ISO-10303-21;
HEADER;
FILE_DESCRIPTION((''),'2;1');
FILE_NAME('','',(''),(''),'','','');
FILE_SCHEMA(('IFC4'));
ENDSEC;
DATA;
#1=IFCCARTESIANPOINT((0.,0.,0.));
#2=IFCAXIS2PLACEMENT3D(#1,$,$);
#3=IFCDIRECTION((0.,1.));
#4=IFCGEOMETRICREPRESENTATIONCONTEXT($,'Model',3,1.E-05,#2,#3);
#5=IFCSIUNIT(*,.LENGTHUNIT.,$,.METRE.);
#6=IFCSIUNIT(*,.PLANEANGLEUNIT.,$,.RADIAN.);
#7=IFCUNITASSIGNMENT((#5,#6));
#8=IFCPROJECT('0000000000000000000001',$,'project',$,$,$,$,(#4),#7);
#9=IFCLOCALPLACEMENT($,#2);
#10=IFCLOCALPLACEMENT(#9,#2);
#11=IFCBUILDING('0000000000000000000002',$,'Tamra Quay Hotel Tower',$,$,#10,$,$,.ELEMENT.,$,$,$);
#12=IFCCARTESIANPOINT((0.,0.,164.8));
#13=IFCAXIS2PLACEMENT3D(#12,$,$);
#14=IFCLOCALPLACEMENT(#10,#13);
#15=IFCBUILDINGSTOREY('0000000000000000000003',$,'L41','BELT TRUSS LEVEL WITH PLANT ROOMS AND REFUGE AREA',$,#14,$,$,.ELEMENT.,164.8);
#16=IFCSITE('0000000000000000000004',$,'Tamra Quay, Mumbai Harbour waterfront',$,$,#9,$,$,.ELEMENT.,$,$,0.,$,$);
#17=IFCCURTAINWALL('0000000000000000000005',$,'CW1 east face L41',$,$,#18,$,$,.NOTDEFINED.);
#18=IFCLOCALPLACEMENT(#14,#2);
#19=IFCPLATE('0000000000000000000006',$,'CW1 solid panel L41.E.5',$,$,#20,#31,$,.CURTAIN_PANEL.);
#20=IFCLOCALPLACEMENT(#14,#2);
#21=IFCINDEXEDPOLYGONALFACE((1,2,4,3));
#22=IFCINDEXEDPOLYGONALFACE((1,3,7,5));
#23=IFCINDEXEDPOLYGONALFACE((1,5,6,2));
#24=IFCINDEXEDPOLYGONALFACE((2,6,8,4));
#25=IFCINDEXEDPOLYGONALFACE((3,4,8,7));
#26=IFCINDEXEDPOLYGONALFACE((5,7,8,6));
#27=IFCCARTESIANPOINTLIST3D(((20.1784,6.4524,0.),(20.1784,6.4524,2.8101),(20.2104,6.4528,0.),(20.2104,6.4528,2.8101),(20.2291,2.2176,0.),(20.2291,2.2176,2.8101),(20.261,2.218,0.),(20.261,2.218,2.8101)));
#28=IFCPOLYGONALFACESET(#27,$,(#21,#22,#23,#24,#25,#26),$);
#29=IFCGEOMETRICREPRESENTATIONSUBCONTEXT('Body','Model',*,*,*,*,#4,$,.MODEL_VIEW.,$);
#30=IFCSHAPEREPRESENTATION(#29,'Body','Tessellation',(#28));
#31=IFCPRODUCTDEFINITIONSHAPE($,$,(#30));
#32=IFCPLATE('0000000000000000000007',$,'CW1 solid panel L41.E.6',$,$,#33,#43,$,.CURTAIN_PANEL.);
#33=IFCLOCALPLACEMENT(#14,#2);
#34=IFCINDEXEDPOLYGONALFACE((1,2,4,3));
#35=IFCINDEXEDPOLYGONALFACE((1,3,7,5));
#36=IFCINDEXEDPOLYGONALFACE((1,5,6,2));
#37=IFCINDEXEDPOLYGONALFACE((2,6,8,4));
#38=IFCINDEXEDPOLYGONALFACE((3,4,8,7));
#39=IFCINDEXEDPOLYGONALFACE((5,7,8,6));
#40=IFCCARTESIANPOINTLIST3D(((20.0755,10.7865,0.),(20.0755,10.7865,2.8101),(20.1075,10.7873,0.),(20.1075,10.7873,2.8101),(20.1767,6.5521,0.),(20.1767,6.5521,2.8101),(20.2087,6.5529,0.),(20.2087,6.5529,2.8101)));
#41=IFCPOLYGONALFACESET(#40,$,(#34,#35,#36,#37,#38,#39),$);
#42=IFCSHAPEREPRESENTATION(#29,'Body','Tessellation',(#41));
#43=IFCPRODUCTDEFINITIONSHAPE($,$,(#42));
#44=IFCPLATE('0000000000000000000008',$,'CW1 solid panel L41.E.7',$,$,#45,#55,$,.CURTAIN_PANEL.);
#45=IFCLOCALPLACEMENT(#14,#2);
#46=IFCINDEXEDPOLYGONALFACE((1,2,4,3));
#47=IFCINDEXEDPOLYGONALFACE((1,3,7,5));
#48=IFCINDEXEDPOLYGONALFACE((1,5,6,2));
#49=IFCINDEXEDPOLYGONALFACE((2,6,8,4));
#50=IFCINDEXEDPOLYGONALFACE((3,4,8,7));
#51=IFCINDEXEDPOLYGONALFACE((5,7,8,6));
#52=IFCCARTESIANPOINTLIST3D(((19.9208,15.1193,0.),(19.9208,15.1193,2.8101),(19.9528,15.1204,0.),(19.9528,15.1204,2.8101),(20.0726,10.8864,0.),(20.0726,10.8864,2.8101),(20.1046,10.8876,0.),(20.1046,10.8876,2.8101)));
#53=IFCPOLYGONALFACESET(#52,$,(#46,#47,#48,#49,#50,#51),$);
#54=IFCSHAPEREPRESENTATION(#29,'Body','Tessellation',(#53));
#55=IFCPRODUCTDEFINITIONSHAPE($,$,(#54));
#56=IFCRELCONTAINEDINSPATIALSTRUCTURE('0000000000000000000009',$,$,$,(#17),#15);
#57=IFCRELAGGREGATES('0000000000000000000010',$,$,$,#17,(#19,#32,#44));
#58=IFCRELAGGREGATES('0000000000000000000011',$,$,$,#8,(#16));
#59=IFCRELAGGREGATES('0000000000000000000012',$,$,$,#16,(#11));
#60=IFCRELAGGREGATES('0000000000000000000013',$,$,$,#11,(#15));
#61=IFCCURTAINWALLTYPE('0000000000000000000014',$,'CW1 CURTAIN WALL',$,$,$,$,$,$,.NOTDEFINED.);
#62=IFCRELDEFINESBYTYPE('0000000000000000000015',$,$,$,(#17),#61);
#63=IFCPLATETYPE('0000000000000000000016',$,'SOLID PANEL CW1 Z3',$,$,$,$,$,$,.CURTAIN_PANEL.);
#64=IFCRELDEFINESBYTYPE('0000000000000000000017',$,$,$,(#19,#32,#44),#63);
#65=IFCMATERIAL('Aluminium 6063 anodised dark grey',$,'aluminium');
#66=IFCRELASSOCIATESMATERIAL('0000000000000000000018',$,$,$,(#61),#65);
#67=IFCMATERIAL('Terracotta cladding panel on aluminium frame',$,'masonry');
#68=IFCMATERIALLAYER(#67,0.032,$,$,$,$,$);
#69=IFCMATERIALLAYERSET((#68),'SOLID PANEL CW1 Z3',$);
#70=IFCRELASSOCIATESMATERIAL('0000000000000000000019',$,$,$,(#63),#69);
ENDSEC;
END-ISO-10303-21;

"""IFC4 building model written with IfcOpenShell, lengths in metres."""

from ifc_helpers import new_model, si_unit, direction, frame, origin, origin_2d, place, context, subcontext, project, spatial, rectangle, extrude, material, layer, layer_set, type_object, element, aggregate, save


model = new_model("IFC4")

# Units and contexts
model_context = context("Model", 3, precision=1e-05, world=origin(), true_north=direction((0.0, 1.0)))
body_context = subcontext(model_context, "Body", "Model", "MODEL_VIEW")
ifc_project = project(units=[si_unit("LENGTHUNIT", "METRE"), si_unit("PLANEANGLEUNIT", "RADIAN")], contexts=[model_context])

# Site, building, storey
site_placement = place(None, origin())
site = spatial("IfcSite", under=ifc_project, at=site_placement, Name="Tamra Quay, Mumbai Harbour waterfront", CompositionType="ELEMENT", RefElevation=0.0)
building_placement = place(site_placement, origin())
building = spatial("IfcBuilding", under=site, at=building_placement, Name="Tamra Quay Hotel Tower", CompositionType="ELEMENT")
storey_placement = place(building_placement, frame((0.0, 0.0, 164.8)))
storey = spatial("IfcBuildingStorey", under=building, at=storey_placement, Name="L41", Description="BELT TRUSS LEVEL WITH PLANT ROOMS AND REFUGE AREA", CompositionType="ELEMENT", Elevation=164.8)

# Curtain wall
ifc_material_1 = material(Name="Aluminium 6063 anodised dark grey", Category="aluminium")
curtain_wall_type = type_object("IfcCurtainWallType", Name="CW1 CURTAIN WALL", PredefinedType="NOTDEFINED", material=ifc_material_1)
curtain_wall_placement = place(storey_placement, origin())
curtain_wall = element("IfcCurtainWall", 1, at=curtain_wall_placement, inside=storey, type_object=curtain_wall_type, Name="CW1 east face L41", PredefinedType="NOTDEFINED")

# Plates
ifc_material_2 = material(Name="Terracotta cladding panel on aluminium frame", Category="masonry")
ifc_layer_1 = layer(ifc_material_2, 0.032)
ifc_layer_set_1 = layer_set([ifc_layer_1], Name="SOLID PANEL CW1 Z3")
plate_type_1 = type_object("IfcPlateType", Name="SOLID PANEL CW1 Z3", PredefinedType="CURTAIN_PANEL", material=ifc_layer_set_1)
plate_1_placement = place(storey_placement, frame((20.2197, 4.3352, 0.0), z_axis=(0.0, 0.0, 1.0), x_axis=(-0.011957, 0.999929, 0.0)))
plate_1 = element("IfcPlate", 2, at=plate_1_placement, type_object=plate_type_1, Name="CW1 solid panel L41.E.5", PredefinedType="CURTAIN_PANEL", context=body_context, shape_type="SweptSolid", body=[
    extrude(rectangle(XDim=4.2351, YDim=0.032, at=origin_2d()), origin(), (0.0, 0.0, 1.0), 2.8101),
])
plate_2_placement = place(storey_placement, frame((20.1421, 8.6697, 0.0), z_axis=(0.0, 0.0, 1.0), x_axis=(-0.023896, 0.999714, 0.0)))
plate_2 = element("IfcPlate", 3, at=plate_2_placement, type_object=plate_type_1, Name="CW1 solid panel L41.E.6", PredefinedType="CURTAIN_PANEL", context=body_context, shape_type="SweptSolid", body=[
    extrude(rectangle(XDim=4.2356, YDim=0.032, at=origin_2d()), origin(), (0.0, 0.0, 1.0), 2.8101),
])
plate_3_placement = place(storey_placement, frame((20.0127, 13.0034, 0.0), z_axis=(0.0, 0.0, 1.0), x_axis=(-0.035845, 0.999357, 0.0)))
plate_3 = element("IfcPlate", 4, at=plate_3_placement, type_object=plate_type_1, Name="CW1 solid panel L41.E.7", PredefinedType="CURTAIN_PANEL", context=body_context, shape_type="SweptSolid", body=[
    extrude(rectangle(XDim=4.2356, YDim=0.032, at=origin_2d()), origin(), (0.0, 0.0, 1.0), 2.8101),
])
aggregate(curtain_wall, [plate_1, plate_2, plate_3])

save(model, "model.ifc")
